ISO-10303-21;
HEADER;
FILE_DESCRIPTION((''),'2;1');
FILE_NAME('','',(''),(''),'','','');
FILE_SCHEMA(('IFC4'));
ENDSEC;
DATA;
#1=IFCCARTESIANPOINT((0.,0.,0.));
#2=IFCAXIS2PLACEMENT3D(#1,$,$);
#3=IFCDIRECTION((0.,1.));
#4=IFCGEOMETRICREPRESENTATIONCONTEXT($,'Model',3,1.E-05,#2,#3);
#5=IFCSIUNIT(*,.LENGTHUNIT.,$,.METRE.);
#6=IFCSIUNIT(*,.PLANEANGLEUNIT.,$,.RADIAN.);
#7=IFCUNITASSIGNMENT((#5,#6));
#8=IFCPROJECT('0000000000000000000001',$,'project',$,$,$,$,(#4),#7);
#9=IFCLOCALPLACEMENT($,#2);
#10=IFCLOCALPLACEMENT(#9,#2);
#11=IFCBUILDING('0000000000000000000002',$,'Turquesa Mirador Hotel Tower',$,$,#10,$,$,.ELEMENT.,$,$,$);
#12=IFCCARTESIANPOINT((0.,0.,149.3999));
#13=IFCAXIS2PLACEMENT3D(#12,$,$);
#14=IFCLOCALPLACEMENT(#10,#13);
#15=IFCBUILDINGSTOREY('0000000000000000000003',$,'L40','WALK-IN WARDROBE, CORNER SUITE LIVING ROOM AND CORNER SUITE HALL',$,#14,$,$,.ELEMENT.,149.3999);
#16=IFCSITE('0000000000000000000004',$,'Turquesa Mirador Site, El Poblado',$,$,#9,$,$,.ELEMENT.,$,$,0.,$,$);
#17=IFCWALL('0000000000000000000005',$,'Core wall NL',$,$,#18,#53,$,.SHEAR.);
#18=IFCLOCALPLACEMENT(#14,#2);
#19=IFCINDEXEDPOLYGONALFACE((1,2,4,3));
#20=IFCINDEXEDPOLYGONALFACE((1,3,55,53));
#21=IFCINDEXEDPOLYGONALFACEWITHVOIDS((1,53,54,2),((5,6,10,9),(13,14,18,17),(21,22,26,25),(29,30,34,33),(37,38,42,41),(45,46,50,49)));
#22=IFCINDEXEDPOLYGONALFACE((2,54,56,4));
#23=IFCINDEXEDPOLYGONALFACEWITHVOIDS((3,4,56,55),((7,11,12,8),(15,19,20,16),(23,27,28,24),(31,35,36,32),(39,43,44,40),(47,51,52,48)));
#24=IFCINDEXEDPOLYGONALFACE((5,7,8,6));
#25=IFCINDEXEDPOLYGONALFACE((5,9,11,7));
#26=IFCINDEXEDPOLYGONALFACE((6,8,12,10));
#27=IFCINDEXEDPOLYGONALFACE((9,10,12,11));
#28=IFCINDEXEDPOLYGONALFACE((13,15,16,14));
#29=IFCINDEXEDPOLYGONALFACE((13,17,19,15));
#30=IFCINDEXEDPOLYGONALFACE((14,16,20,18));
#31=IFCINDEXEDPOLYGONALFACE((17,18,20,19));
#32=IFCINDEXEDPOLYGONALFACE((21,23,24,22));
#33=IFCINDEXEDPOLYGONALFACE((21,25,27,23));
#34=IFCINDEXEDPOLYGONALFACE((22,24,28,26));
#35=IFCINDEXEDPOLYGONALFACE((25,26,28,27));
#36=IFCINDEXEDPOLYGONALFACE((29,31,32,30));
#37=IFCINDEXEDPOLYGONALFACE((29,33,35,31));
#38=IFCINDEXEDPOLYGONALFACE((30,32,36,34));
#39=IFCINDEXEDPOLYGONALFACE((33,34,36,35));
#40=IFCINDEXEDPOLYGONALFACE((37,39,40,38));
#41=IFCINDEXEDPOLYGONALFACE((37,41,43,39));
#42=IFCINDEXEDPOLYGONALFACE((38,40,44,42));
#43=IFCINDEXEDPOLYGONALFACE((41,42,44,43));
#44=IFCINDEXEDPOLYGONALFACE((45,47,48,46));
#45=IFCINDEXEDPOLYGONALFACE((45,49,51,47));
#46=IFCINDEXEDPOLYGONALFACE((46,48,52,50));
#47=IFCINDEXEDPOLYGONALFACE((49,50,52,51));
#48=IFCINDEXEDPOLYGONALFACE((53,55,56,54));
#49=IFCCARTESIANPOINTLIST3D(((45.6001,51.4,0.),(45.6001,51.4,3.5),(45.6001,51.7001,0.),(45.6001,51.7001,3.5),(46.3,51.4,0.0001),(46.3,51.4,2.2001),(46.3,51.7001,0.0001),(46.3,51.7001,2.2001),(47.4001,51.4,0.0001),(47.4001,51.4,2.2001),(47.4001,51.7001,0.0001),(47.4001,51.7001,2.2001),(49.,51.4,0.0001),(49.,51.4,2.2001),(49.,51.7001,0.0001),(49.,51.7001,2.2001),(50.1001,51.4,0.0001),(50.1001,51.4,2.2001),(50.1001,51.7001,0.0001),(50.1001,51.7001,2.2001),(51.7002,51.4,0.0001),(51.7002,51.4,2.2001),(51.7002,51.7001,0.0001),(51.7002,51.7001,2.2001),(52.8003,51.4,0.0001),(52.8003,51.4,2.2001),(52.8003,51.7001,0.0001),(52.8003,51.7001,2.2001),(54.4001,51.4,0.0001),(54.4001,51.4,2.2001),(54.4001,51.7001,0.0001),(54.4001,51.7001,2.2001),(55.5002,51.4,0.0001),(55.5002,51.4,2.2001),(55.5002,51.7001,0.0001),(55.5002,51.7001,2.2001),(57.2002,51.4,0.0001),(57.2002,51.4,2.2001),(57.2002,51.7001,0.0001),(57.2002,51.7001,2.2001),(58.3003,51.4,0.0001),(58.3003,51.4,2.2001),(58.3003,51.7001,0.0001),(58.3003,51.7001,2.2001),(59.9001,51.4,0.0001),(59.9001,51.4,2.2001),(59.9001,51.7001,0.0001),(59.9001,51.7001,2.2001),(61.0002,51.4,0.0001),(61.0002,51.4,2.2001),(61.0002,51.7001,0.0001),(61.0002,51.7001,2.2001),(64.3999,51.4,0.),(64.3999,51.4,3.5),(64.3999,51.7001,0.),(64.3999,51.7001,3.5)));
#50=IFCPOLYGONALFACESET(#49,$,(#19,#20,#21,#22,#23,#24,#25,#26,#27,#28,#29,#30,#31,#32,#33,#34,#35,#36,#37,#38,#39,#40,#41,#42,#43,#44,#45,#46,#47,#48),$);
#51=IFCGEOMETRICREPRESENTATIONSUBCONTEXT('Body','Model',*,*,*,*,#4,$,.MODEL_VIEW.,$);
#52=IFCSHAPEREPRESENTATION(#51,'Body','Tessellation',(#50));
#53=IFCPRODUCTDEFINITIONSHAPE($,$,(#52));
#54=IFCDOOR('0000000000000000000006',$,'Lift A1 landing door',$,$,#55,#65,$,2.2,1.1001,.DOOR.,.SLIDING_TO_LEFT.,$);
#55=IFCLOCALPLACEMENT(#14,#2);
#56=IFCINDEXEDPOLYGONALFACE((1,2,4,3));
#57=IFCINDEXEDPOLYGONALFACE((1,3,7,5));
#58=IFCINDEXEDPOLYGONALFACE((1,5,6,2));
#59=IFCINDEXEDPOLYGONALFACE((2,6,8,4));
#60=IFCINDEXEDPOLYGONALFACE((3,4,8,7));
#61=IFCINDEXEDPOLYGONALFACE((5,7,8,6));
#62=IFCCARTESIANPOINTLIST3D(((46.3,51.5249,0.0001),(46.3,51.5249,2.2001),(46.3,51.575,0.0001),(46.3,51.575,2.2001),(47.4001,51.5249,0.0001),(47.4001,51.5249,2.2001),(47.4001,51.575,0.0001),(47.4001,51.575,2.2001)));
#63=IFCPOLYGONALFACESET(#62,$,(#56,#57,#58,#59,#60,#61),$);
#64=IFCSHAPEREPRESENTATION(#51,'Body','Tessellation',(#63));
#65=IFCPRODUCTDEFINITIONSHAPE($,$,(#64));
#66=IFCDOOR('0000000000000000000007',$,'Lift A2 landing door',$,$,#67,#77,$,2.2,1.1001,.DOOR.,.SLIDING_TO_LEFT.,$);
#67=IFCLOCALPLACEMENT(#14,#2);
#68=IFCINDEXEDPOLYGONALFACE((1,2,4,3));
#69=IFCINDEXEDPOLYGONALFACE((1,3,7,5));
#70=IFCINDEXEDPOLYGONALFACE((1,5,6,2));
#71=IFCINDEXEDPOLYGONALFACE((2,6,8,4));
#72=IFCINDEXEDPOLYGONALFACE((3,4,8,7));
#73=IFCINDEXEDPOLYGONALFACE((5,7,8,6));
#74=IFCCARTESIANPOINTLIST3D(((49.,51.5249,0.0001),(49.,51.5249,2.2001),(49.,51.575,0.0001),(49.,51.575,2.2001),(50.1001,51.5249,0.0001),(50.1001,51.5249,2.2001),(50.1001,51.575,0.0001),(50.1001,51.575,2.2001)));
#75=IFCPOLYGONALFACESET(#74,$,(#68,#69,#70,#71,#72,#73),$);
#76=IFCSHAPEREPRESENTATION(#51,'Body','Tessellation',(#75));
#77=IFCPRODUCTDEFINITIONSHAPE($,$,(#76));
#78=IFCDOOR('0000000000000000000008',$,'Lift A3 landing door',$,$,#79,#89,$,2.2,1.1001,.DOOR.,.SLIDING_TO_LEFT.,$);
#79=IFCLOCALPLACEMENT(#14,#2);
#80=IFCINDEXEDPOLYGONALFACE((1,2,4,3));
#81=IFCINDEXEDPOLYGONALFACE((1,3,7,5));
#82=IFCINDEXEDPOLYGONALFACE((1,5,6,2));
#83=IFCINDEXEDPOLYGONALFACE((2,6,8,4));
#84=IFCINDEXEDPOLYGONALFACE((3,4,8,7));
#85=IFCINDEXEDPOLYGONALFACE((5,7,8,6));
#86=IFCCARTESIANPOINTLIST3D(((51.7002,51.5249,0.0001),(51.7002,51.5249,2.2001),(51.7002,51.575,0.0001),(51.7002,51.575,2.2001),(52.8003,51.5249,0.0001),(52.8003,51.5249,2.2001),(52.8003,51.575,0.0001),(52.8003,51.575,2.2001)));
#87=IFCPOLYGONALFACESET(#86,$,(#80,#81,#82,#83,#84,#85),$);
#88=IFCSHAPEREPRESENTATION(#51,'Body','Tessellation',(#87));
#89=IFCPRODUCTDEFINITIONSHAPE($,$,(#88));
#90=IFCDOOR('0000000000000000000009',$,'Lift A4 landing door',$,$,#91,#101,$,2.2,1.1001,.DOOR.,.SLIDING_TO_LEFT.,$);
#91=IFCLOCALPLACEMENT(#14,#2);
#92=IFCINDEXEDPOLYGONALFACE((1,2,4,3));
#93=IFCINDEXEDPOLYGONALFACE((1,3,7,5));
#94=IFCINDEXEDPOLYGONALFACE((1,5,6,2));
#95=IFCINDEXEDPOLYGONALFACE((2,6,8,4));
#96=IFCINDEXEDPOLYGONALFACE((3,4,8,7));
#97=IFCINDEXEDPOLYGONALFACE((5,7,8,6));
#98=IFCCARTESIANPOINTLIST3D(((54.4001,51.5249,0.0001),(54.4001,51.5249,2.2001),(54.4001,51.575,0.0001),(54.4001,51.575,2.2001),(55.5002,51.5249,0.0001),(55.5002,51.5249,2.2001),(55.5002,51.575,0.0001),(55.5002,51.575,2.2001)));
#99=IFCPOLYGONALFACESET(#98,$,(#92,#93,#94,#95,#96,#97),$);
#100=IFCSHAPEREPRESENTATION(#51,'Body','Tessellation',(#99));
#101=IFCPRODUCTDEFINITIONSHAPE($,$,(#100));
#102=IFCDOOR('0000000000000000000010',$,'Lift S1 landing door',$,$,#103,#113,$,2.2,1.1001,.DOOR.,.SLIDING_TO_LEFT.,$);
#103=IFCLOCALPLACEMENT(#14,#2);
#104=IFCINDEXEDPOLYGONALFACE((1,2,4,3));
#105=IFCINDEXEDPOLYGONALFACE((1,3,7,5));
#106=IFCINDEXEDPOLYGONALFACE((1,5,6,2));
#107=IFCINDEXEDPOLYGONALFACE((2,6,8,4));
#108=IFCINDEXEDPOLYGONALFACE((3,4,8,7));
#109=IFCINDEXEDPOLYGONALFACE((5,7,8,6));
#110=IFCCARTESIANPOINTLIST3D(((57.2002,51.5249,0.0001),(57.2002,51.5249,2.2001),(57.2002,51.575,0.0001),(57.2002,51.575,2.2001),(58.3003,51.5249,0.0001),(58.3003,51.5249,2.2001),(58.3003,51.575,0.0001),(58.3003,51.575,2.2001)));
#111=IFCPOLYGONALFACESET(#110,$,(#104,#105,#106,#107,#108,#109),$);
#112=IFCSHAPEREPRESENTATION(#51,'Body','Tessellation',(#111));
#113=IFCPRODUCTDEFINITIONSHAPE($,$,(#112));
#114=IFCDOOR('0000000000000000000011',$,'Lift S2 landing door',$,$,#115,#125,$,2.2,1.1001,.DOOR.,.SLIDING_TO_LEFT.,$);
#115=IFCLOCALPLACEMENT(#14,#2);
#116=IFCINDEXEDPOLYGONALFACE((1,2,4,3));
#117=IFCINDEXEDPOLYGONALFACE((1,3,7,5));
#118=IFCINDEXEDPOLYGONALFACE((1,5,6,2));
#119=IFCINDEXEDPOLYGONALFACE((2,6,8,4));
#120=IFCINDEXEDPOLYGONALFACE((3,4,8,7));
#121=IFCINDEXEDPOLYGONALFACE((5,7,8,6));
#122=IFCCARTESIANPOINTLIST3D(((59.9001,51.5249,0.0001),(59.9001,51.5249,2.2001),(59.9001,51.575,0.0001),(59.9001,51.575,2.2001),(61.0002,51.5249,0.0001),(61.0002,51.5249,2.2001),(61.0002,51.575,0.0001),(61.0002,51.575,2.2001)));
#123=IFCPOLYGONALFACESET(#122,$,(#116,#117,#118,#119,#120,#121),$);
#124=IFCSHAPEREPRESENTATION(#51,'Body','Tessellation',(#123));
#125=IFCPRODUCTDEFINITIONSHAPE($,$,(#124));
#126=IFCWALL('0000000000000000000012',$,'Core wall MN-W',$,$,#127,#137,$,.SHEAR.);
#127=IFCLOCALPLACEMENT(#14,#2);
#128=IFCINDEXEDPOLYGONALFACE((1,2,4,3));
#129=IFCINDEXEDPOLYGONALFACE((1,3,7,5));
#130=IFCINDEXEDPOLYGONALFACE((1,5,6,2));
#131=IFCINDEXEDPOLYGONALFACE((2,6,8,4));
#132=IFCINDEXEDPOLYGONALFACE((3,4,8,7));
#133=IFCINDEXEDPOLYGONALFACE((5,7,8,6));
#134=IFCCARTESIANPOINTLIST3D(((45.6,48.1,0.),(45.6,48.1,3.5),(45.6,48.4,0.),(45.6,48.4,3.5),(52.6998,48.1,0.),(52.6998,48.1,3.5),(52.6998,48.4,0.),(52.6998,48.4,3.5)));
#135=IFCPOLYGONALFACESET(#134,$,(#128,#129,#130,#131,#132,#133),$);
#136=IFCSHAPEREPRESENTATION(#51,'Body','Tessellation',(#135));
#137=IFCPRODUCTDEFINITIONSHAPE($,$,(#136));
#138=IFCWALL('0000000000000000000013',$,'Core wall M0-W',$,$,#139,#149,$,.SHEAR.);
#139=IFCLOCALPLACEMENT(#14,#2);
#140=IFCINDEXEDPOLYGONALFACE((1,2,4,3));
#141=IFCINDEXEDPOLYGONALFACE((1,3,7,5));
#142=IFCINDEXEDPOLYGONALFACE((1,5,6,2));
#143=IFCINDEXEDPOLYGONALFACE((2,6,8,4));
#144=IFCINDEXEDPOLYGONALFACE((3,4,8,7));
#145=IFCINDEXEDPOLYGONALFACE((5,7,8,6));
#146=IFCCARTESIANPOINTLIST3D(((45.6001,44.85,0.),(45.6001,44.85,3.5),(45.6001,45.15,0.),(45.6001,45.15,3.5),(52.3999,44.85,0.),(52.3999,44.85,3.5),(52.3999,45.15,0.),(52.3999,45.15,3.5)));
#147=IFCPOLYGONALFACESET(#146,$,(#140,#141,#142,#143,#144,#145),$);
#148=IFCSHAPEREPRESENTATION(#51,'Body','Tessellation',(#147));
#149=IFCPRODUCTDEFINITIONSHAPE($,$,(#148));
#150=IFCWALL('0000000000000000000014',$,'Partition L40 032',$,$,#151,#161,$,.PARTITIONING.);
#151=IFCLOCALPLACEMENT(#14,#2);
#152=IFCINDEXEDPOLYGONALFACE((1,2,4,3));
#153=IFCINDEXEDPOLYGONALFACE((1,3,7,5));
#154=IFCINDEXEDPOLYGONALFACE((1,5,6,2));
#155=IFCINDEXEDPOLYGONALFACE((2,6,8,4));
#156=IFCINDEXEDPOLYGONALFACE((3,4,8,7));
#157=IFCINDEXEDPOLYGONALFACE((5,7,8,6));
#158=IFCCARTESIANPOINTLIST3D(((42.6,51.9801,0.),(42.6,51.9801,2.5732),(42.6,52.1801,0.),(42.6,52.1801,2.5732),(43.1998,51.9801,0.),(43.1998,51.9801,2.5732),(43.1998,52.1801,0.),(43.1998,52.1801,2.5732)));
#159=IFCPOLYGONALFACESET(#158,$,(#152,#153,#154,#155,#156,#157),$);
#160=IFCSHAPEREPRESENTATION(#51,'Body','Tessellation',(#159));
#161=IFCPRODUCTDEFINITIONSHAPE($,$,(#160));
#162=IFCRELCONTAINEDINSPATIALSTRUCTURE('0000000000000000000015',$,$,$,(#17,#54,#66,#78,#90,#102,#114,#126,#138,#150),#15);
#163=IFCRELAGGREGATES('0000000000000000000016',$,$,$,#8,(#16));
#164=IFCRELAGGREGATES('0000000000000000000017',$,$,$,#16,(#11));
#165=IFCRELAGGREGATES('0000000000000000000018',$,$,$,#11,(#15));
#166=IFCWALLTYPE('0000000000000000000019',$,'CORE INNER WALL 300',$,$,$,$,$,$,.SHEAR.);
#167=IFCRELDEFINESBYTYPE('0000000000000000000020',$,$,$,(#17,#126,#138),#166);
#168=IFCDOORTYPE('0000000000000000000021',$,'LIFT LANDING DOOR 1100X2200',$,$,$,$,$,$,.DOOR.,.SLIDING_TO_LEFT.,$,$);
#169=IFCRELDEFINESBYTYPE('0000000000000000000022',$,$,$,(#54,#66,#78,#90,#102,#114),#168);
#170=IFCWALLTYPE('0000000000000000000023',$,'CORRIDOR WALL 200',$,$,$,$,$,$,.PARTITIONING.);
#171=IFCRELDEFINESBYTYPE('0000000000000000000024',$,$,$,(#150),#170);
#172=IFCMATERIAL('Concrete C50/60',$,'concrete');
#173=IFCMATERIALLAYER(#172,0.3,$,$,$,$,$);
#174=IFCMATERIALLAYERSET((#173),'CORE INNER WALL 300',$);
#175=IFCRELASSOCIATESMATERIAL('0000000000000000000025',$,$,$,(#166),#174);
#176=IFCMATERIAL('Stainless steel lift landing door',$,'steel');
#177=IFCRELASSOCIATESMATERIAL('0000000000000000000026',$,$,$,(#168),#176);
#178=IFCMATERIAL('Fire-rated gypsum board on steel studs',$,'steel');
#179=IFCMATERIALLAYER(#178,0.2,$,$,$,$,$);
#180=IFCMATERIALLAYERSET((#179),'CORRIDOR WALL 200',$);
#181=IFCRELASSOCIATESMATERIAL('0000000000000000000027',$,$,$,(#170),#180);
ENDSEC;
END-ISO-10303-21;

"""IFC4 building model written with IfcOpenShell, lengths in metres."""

from ifc_helpers import new_model, si_unit, direction, frame, frame_2d, origin, place, context, subcontext, project, spatial, rectangle, extrude, material, layer, layer_set, type_object, element, fill, save


model = new_model("IFC4")

# Units and contexts
model_context = context("Model", 3, precision=1e-05, world=origin(), true_north=direction((0.0, 1.0)))
body_context = subcontext(model_context, "Body", "Model", "MODEL_VIEW")
ifc_project = project(units=[si_unit("LENGTHUNIT", "METRE"), si_unit("PLANEANGLEUNIT", "RADIAN")], contexts=[model_context])

# Site, building, storey
site_placement = place(None, origin())
site = spatial("IfcSite", under=ifc_project, at=site_placement, Name="Turquesa Mirador Site, El Poblado", CompositionType="ELEMENT", RefElevation=0.0)
building_placement = place(site_placement, origin())
building = spatial("IfcBuilding", under=site, at=building_placement, Name="Turquesa Mirador Hotel Tower", CompositionType="ELEMENT")
storey_placement = place(building_placement, frame((0.0, 0.0, 149.3999)))
storey = spatial("IfcBuildingStorey", under=building, at=storey_placement, Name="L40", Description="WALK-IN WARDROBE, CORNER SUITE LIVING ROOM AND CORNER SUITE HALL", CompositionType="ELEMENT", Elevation=149.3999)

# Wall, openings, doors
ifc_material_1 = material(Name="Concrete C50/60", Category="concrete")
ifc_layer_1 = layer(ifc_material_1, 0.3)
ifc_layer_set_1 = layer_set([ifc_layer_1], Name="CORE INNER WALL 300")
wall_type_1 = type_object("IfcWallType", Name="CORE INNER WALL 300", PredefinedType="SHEAR", material=ifc_layer_set_1)
wall_1_placement = place(storey_placement, frame((45.6001, 51.55, 0.0), z_axis=(0.0, 0.0, 1.0), x_axis=(1.0, 0.0, 0.0)))
wall_1 = element("IfcWall", 1, at=wall_1_placement, inside=storey, type_object=wall_type_1, Name="Core wall NL", PredefinedType="SHEAR", context=body_context, shape_type="SweptSolid", body=[
    extrude(rectangle(XDim=18.7998, YDim=0.3, at=frame_2d((9.3999, 0.0))), origin(), (0.0, 0.0, 1.0), 3.5),
])
opening_1_placement = place(wall_1_placement, frame((0.7, 0.0, 0.0)))
opening_1 = element("IfcOpeningElement", 2, at=opening_1_placement, cuts=wall_1, PredefinedType="OPENING", context=body_context, shape_type="SweptSolid", body=[
    extrude(rectangle(XDim=1.1001, YDim=2.2, at=frame_2d((0.55, 1.1001))), frame((0.0, 0.1599, 0.0), z_axis=(0.0, -1.0, 0.0), x_axis=(1.0, 0.0, 0.0)), (0.0, 0.0, 1.0), 0.3201),
])
opening_2_placement = place(wall_1_placement, frame((3.3999, 0.0, 0.0)))
opening_2 = element("IfcOpeningElement", 3, at=opening_2_placement, cuts=wall_1, PredefinedType="OPENING", context=body_context, shape_type="SweptSolid", body=[
    extrude(rectangle(XDim=1.1001, YDim=2.2, at=frame_2d((0.55, 1.1001))), frame((0.0, 0.1599, 0.0), z_axis=(0.0, -1.0, 0.0), x_axis=(1.0, 0.0, 0.0)), (0.0, 0.0, 1.0), 0.3201),
])
opening_3_placement = place(wall_1_placement, frame((6.1001, 0.0, 0.0)))
opening_3 = element("IfcOpeningElement", 4, at=opening_3_placement, cuts=wall_1, PredefinedType="OPENING", context=body_context, shape_type="SweptSolid", body=[
    extrude(rectangle(XDim=1.1001, YDim=2.2, at=frame_2d((0.55, 1.1001))), frame((0.0, 0.1599, 0.0), z_axis=(0.0, -1.0, 0.0), x_axis=(1.0, 0.0, 0.0)), (0.0, 0.0, 1.0), 0.3201),
])
opening_4_placement = place(wall_1_placement, frame((8.8, 0.0, 0.0)))
opening_4 = element("IfcOpeningElement", 5, at=opening_4_placement, cuts=wall_1, PredefinedType="OPENING", context=body_context, shape_type="SweptSolid", body=[
    extrude(rectangle(XDim=1.1001, YDim=2.2, at=frame_2d((0.55, 1.1001))), frame((0.0, 0.1599, 0.0), z_axis=(0.0, -1.0, 0.0), x_axis=(1.0, 0.0, 0.0)), (0.0, 0.0, 1.0), 0.3201),
])
opening_5_placement = place(wall_1_placement, frame((11.6001, 0.0, 0.0)))
opening_5 = element("IfcOpeningElement", 6, at=opening_5_placement, cuts=wall_1, PredefinedType="OPENING", context=body_context, shape_type="SweptSolid", body=[
    extrude(rectangle(XDim=1.1001, YDim=2.2, at=frame_2d((0.55, 1.1001))), frame((0.0, 0.1599, 0.0), z_axis=(0.0, -1.0, 0.0), x_axis=(1.0, 0.0, 0.0)), (0.0, 0.0, 1.0), 0.3201),
])
opening_6_placement = place(wall_1_placement, frame((14.3, 0.0, 0.0)))
opening_6 = element("IfcOpeningElement", 7, at=opening_6_placement, cuts=wall_1, PredefinedType="OPENING", context=body_context, shape_type="SweptSolid", body=[
    extrude(rectangle(XDim=1.1001, YDim=2.2, at=frame_2d((0.55, 1.1001))), frame((0.0, 0.1599, 0.0), z_axis=(0.0, -1.0, 0.0), x_axis=(1.0, 0.0, 0.0)), (0.0, 0.0, 1.0), 0.3201),
])
ifc_material_2 = material(Name="Stainless steel lift landing door", Category="steel")
door_type_1 = type_object("IfcDoorType", Name="LIFT LANDING DOOR 1100X2200", OperationType="SLIDING_TO_LEFT", PredefinedType="DOOR", material=ifc_material_2)
door_1_placement = place(opening_1_placement, origin())
door_1 = element("IfcDoor", 8, at=door_1_placement, inside=storey, type_object=door_type_1, Name="Lift A1 landing door", OperationType="SLIDING_TO_LEFT", OverallHeight=2.2, OverallWidth=1.1001, PredefinedType="DOOR", context=body_context, shape_type="SweptSolid", body=[
    extrude(rectangle(XDim=1.1001, YDim=2.2, at=frame_2d((0.55, 1.1001))), frame((0.0, 0.0249, 0.0), z_axis=(0.0, -1.0, 0.0), x_axis=(1.0, 0.0, 0.0)), (0.0, 0.0, 1.0), 0.05),
])
fill(opening_1, door_1)
door_2_placement = place(opening_2_placement, origin())
door_2 = element("IfcDoor", 9, at=door_2_placement, inside=storey, type_object=door_type_1, Name="Lift A2 landing door", OperationType="SLIDING_TO_LEFT", OverallHeight=2.2, OverallWidth=1.1001, PredefinedType="DOOR", context=body_context, shape_type="SweptSolid", body=[
    extrude(rectangle(XDim=1.1001, YDim=2.2, at=frame_2d((0.55, 1.1001))), frame((0.0, 0.0249, 0.0), z_axis=(0.0, -1.0, 0.0), x_axis=(1.0, 0.0, 0.0)), (0.0, 0.0, 1.0), 0.05),
])
fill(opening_2, door_2)
door_3_placement = place(opening_3_placement, origin())
door_3 = element("IfcDoor", 10, at=door_3_placement, inside=storey, type_object=door_type_1, Name="Lift A3 landing door", OperationType="SLIDING_TO_LEFT", OverallHeight=2.2, OverallWidth=1.1001, PredefinedType="DOOR", context=body_context, shape_type="SweptSolid", body=[
    extrude(rectangle(XDim=1.1001, YDim=2.2, at=frame_2d((0.55, 1.1001))), frame((0.0, 0.0249, 0.0), z_axis=(0.0, -1.0, 0.0), x_axis=(1.0, 0.0, 0.0)), (0.0, 0.0, 1.0), 0.05),
])
fill(opening_3, door_3)
door_4_placement = place(opening_4_placement, origin())
door_4 = element("IfcDoor", 11, at=door_4_placement, inside=storey, type_object=door_type_1, Name="Lift A4 landing door", OperationType="SLIDING_TO_LEFT", OverallHeight=2.2, OverallWidth=1.1001, PredefinedType="DOOR", context=body_context, shape_type="SweptSolid", body=[
    extrude(rectangle(XDim=1.1001, YDim=2.2, at=frame_2d((0.55, 1.1001))), frame((0.0, 0.0249, 0.0), z_axis=(0.0, -1.0, 0.0), x_axis=(1.0, 0.0, 0.0)), (0.0, 0.0, 1.0), 0.05),
])
fill(opening_4, door_4)
door_5_placement = place(opening_5_placement, origin())
door_5 = element("IfcDoor", 12, at=door_5_placement, inside=storey, type_object=door_type_1, Name="Lift S1 landing door", OperationType="SLIDING_TO_LEFT", OverallHeight=2.2, OverallWidth=1.1001, PredefinedType="DOOR", context=body_context, shape_type="SweptSolid", body=[
    extrude(rectangle(XDim=1.1001, YDim=2.2, at=frame_2d((0.55, 1.1001))), frame((0.0, 0.0249, 0.0), z_axis=(0.0, -1.0, 0.0), x_axis=(1.0, 0.0, 0.0)), (0.0, 0.0, 1.0), 0.05),
])
fill(opening_5, door_5)
door_6_placement = place(opening_6_placement, origin())
door_6 = element("IfcDoor", 13, at=door_6_placement, inside=storey, type_object=door_type_1, Name="Lift S2 landing door", OperationType="SLIDING_TO_LEFT", OverallHeight=2.2, OverallWidth=1.1001, PredefinedType="DOOR", context=body_context, shape_type="SweptSolid", body=[
    extrude(rectangle(XDim=1.1001, YDim=2.2, at=frame_2d((0.55, 1.1001))), frame((0.0, 0.0249, 0.0), z_axis=(0.0, -1.0, 0.0), x_axis=(1.0, 0.0, 0.0)), (0.0, 0.0, 1.0), 0.05),
])
fill(opening_6, door_6)

# Walls
wall_2_placement = place(storey_placement, frame((45.6001, 48.25, 0.0), z_axis=(0.0, 0.0, 1.0), x_axis=(1.0, 0.0, 0.0)))
element("IfcWall", 14, at=wall_2_placement, inside=storey, type_object=wall_type_1, Name="Core wall MN-W", PredefinedType="SHEAR", context=body_context, shape_type="SweptSolid", body=[
    extrude(rectangle(XDim=7.0999, YDim=0.3, at=frame_2d((3.5498, 0.0))), origin(), (0.0, 0.0, 1.0), 3.5),
])
wall_3_placement = place(storey_placement, frame((45.6001, 45.0, 0.0), z_axis=(0.0, 0.0, 1.0), x_axis=(1.0, 0.0, 0.0)))
element("IfcWall", 15, at=wall_3_placement, inside=storey, type_object=wall_type_1, Name="Core wall M0-W", PredefinedType="SHEAR", context=body_context, shape_type="SweptSolid", body=[
    extrude(rectangle(XDim=6.7998, YDim=0.3, at=frame_2d((3.3999, 0.0))), origin(), (0.0, 0.0, 1.0), 3.5),
])
ifc_material_3 = material(Name="Fire-rated gypsum board on steel studs", Category="steel")
ifc_layer_2 = layer(ifc_material_3, 0.2)
ifc_layer_set_2 = layer_set([ifc_layer_2], Name="CORRIDOR WALL 200")
wall_type_2 = type_object("IfcWallType", Name="CORRIDOR WALL 200", PredefinedType="PARTITIONING", material=ifc_layer_set_2)
wall_4_placement = place(storey_placement, frame((42.6001, 52.0801, 0.0), z_axis=(0.0, 0.0, 1.0), x_axis=(1.0, 0.0, 0.0)))
element("IfcWall", 16, at=wall_4_placement, inside=storey, type_object=wall_type_2, Name="Partition L40 032", PredefinedType="PARTITIONING", context=body_context, shape_type="SweptSolid", body=[
    extrude(rectangle(XDim=0.5999, YDim=0.2, at=frame_2d((0.2998, 0.0))), origin(), (0.0, 0.0, 1.0), 2.5732),
])

save(model, "model.ifc")
